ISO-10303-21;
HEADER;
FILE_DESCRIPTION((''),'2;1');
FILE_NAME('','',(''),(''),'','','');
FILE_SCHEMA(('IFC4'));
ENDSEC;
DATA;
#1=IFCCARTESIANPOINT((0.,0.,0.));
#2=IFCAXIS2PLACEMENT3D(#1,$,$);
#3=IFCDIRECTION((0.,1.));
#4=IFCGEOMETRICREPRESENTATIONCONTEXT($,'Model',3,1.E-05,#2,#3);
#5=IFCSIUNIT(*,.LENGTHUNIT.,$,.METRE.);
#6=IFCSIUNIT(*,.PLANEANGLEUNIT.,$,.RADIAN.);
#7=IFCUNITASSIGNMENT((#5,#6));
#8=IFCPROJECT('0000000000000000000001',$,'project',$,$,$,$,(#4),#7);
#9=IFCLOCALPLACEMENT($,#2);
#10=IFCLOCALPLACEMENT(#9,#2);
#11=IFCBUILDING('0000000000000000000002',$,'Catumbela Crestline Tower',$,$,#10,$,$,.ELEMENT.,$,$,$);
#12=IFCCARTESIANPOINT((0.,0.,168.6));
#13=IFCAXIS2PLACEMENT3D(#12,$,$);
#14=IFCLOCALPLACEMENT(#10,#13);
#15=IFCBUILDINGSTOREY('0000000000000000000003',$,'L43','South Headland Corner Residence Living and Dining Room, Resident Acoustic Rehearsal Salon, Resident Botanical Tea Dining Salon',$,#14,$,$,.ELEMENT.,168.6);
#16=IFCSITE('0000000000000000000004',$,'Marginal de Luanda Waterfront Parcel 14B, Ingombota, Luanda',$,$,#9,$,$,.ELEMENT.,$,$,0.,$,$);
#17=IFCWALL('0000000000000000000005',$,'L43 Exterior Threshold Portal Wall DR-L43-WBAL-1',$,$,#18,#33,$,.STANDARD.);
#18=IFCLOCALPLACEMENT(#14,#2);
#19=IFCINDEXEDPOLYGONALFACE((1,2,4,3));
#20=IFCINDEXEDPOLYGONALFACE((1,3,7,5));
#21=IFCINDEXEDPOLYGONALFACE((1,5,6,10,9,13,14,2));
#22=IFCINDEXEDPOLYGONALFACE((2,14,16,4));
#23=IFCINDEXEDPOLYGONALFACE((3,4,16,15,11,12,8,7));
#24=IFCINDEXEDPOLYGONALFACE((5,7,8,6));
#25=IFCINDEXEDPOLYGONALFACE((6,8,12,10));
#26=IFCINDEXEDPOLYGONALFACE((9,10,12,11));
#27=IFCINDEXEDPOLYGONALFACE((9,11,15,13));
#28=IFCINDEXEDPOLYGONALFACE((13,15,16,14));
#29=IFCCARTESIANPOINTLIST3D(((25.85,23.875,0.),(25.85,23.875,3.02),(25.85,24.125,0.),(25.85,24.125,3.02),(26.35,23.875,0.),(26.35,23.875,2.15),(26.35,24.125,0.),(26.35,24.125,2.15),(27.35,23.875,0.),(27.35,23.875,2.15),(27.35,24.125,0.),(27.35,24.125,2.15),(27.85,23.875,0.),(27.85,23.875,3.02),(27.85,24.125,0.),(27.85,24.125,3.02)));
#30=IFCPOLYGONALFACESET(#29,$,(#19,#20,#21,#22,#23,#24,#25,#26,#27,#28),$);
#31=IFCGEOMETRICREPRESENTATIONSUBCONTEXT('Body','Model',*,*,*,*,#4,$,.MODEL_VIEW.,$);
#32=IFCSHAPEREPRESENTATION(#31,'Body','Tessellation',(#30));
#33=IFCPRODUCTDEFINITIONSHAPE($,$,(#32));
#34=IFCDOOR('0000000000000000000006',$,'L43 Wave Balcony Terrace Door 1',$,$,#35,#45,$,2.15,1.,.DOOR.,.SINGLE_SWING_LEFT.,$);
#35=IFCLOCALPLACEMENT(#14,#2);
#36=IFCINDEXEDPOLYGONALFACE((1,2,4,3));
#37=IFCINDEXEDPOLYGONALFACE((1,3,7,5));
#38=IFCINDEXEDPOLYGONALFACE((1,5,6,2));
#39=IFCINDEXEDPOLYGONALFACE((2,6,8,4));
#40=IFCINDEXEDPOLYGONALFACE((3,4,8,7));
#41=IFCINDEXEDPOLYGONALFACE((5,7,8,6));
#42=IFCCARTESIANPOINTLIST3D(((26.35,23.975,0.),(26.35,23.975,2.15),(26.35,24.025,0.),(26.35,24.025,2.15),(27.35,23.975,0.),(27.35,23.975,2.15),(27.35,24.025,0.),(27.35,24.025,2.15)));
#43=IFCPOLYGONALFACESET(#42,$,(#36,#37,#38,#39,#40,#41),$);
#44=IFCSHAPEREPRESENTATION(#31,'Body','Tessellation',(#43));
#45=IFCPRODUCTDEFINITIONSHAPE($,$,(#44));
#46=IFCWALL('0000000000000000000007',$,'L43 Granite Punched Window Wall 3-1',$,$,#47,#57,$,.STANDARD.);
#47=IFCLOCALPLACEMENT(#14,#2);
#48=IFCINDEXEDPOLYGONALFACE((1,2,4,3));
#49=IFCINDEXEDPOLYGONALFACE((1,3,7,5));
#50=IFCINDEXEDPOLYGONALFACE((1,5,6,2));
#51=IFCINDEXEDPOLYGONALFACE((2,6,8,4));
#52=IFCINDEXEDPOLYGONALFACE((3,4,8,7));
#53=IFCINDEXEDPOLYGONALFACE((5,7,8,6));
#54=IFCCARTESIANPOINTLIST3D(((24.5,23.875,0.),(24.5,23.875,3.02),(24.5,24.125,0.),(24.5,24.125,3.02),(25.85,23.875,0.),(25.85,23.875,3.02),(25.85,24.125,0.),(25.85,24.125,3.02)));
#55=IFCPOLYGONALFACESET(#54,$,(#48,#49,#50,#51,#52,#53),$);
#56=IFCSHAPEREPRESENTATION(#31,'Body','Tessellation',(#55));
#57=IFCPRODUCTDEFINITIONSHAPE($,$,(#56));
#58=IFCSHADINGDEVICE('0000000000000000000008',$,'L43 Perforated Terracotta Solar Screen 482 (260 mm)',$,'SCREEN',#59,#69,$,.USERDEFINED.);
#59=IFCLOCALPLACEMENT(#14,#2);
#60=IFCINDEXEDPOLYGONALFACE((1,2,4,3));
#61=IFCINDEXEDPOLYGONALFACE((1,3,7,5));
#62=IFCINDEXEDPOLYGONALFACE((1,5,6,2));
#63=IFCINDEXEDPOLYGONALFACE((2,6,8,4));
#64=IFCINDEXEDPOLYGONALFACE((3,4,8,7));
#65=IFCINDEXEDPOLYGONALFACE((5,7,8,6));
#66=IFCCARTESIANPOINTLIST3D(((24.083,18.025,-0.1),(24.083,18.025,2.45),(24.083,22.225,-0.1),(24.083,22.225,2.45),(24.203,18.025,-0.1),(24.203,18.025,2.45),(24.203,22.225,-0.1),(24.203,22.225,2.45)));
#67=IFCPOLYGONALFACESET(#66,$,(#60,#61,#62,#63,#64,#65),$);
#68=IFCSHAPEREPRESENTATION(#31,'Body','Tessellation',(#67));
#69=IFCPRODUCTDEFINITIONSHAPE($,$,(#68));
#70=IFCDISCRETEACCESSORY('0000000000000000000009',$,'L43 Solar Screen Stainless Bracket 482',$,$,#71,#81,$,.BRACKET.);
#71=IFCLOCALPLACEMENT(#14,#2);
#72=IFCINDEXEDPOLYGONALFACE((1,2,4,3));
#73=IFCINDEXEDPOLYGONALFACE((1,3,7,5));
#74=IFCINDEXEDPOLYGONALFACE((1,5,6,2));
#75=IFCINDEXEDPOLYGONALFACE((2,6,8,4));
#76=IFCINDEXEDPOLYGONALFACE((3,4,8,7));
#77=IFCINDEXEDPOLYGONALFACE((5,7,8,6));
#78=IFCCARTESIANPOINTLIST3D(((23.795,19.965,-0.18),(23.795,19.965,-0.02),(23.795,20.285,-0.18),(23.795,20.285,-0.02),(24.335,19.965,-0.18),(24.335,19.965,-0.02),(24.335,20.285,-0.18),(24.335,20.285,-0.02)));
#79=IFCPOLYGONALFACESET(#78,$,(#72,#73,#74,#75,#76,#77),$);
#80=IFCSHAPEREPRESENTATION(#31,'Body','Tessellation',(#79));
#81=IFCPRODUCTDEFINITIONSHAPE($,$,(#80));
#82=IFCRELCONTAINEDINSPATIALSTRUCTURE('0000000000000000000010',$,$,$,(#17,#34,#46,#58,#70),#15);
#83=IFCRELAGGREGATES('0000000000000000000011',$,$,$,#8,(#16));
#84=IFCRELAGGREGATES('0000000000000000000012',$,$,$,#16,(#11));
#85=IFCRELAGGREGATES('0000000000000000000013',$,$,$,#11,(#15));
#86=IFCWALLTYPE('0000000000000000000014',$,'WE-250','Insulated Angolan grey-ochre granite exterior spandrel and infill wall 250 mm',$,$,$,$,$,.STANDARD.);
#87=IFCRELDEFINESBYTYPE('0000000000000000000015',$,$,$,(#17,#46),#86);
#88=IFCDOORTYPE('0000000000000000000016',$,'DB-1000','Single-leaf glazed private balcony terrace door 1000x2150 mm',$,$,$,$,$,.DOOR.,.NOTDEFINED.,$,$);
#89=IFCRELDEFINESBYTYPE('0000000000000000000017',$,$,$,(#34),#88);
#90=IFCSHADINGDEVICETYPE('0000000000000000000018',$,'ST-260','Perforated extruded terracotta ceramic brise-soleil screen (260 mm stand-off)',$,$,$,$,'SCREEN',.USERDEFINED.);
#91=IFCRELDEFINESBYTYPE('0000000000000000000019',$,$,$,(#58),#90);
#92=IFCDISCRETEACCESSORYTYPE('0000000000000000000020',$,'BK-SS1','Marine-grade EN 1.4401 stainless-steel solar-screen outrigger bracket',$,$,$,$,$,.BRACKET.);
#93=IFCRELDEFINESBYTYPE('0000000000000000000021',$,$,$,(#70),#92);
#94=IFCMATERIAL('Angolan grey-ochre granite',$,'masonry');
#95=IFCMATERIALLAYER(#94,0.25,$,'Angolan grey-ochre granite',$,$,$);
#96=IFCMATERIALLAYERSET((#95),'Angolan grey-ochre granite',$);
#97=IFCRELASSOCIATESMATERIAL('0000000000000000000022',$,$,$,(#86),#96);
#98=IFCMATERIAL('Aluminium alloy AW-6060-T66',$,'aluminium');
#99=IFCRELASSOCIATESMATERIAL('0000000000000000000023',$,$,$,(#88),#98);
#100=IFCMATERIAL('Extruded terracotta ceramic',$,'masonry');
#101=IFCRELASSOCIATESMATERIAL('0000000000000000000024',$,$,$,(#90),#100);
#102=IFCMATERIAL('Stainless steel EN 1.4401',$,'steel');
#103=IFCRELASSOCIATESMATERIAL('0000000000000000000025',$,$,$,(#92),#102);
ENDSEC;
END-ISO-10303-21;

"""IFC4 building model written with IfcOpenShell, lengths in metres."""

from ifc_helpers import new_model, si_unit, direction, frame, frame_2d, origin, origin_2d, place, context, subcontext, project, spatial, rectangle, extrude, material, layer, layer_set, type_object, element, fill, save


model = new_model("IFC4")

# Units and contexts
model_context = context("Model", 3, precision=1e-05, world=origin(), true_north=direction((0.0, 1.0)))
body_context = subcontext(model_context, "Body", "Model", "MODEL_VIEW")
ifc_project = project(units=[si_unit("LENGTHUNIT", "METRE"), si_unit("PLANEANGLEUNIT", "RADIAN")], contexts=[model_context])

# Site, building, storey
site_placement = place(None, origin())
site = spatial("IfcSite", under=ifc_project, at=site_placement, Name="Marginal de Luanda Waterfront Parcel 14B, Ingombota, Luanda", CompositionType="ELEMENT", RefElevation=0.0)
building_placement = place(site_placement, origin())
building = spatial("IfcBuilding", under=site, at=building_placement, Name="Catumbela Crestline Tower", CompositionType="ELEMENT")
storey_placement = place(building_placement, frame((0.0, 0.0, 168.6)))
storey = spatial("IfcBuildingStorey", under=building, at=storey_placement, Name="L43", Description="South Headland Corner Residence Living and Dining Room, Resident Acoustic Rehearsal Salon, Resident Botanical Tea Dining Salon", CompositionType="ELEMENT", Elevation=168.6)

# Shared definitions
ifc_material_1 = material(Name="Aluminium alloy AW-6060-T66", Category="aluminium")

# Wall, opening, door
ifc_material_2 = material(Name="Angolan grey-ochre granite", Category="masonry")
ifc_layer_1 = layer(ifc_material_2, 0.25, Name="Angolan grey-ochre granite")
ifc_layer_set_1 = layer_set([ifc_layer_1], Name="Angolan grey-ochre granite")
wall_type = type_object("IfcWallType", Name="WE-250", Description="Insulated Angolan grey-ochre granite exterior spandrel and infill wall 250 mm", PredefinedType="STANDARD", material=ifc_layer_set_1)
wall_1_placement = place(storey_placement, frame((25.85, 24.0, 0.0), z_axis=(0.0, 0.0, 1.0), x_axis=(1.0, 0.0, 0.0)))
wall_1 = element("IfcWall", 1, at=wall_1_placement, inside=storey, type_object=wall_type, Name="L43 Exterior Threshold Portal Wall DR-L43-WBAL-1", PredefinedType="STANDARD", context=body_context, shape_type="SweptSolid", body=[
    extrude(rectangle(XDim=2.0, YDim=0.25, at=frame_2d((1.0, 0.0))), origin(), (0.0, 0.0, 1.0), 3.02),
])
opening_placement = place(wall_1_placement, frame((0.5, 0.0, 0.0)))
opening = element("IfcOpeningElement", 2, at=opening_placement, cuts=wall_1, PredefinedType="OPENING", context=body_context, shape_type="SweptSolid", body=[
    extrude(rectangle(XDim=1.0, YDim=2.15, at=frame_2d((0.5, 1.075))), frame((0.0, 0.135, 0.0), z_axis=(0.0, -1.0, 0.0), x_axis=(1.0, 0.0, 0.0)), (0.0, 0.0, 1.0), 0.27),
])
door_type = type_object("IfcDoorType", Name="DB-1000", Description="Single-leaf glazed private balcony terrace door 1000x2150 mm", OperationType="NOTDEFINED", PredefinedType="DOOR", material=ifc_material_1)
door_placement = place(opening_placement, origin())
door = element("IfcDoor", 3, at=door_placement, inside=storey, type_object=door_type, Name="L43 Wave Balcony Terrace Door 1", OperationType="SINGLE_SWING_LEFT", OverallHeight=2.15, OverallWidth=1.0, PredefinedType="DOOR", context=body_context, shape_type="SweptSolid", body=[
    extrude(rectangle(XDim=1.0, YDim=2.15, at=frame_2d((0.5, 1.075))), frame((0.0, 0.025, 0.0), z_axis=(0.0, -1.0, 0.0), x_axis=(1.0, 0.0, 0.0)), (0.0, 0.0, 1.0), 0.05),
])
fill(opening, door)

# Wall
wall_2_placement = place(storey_placement, frame((24.5, 24.0, 0.0), z_axis=(0.0, 0.0, 1.0), x_axis=(1.0, 0.0, 0.0)))
element("IfcWall", 4, at=wall_2_placement, inside=storey, type_object=wall_type, Name="L43 Granite Punched Window Wall 3-1", PredefinedType="STANDARD", context=body_context, shape_type="SweptSolid", body=[
    extrude(rectangle(XDim=1.35, YDim=0.25, at=frame_2d((0.675, 0.0))), origin(), (0.0, 0.0, 1.0), 3.02),
])

# Shared definitions
ifc_material_3 = material(Name="Stainless steel EN 1.4401", Category="steel")

# Shading device
ifc_material_4 = material(Name="Extruded terracotta ceramic", Category="masonry")
shading_device_type = type_object("IfcShadingDeviceType", Name="ST-260", Description="Perforated extruded terracotta ceramic brise-soleil screen (260 mm stand-off)", ElementType="SCREEN", PredefinedType="USERDEFINED", material=ifc_material_4)
shading_device_placement = place(storey_placement, frame((24.143, 20.125, -0.1), z_axis=(0.0, 0.0, 1.0), x_axis=(0.0, 1.0, 0.0)))
element("IfcShadingDevice", 5, at=shading_device_placement, inside=storey, type_object=shading_device_type, Name="L43 Perforated Terracotta Solar Screen 482 (260 mm)", ObjectType="SCREEN", PredefinedType="USERDEFINED", context=body_context, shape_type="SweptSolid", body=[
    extrude(rectangle(XDim=4.2, YDim=0.12, at=origin_2d()), origin(), (0.0, 0.0, 1.0), 2.55),
])

# Discrete accessory
discrete_accessory_type = type_object("IfcDiscreteAccessoryType", Name="BK-SS1", Description="Marine-grade EN 1.4401 stainless-steel solar-screen outrigger bracket", PredefinedType="BRACKET", material=ifc_material_3)
discrete_accessory_placement = place(storey_placement, frame((24.065, 20.125, -0.18), z_axis=(0.0, 0.0, 1.0), x_axis=(0.0, 1.0, 0.0)))
element("IfcDiscreteAccessory", 6, at=discrete_accessory_placement, inside=storey, type_object=discrete_accessory_type, Name="L43 Solar Screen Stainless Bracket 482", PredefinedType="BRACKET", context=body_context, shape_type="SweptSolid", body=[
    extrude(rectangle(XDim=0.32, YDim=0.54, at=origin_2d()), origin(), (0.0, 0.0, 1.0), 0.16),
])

save(model, "model.ifc")
